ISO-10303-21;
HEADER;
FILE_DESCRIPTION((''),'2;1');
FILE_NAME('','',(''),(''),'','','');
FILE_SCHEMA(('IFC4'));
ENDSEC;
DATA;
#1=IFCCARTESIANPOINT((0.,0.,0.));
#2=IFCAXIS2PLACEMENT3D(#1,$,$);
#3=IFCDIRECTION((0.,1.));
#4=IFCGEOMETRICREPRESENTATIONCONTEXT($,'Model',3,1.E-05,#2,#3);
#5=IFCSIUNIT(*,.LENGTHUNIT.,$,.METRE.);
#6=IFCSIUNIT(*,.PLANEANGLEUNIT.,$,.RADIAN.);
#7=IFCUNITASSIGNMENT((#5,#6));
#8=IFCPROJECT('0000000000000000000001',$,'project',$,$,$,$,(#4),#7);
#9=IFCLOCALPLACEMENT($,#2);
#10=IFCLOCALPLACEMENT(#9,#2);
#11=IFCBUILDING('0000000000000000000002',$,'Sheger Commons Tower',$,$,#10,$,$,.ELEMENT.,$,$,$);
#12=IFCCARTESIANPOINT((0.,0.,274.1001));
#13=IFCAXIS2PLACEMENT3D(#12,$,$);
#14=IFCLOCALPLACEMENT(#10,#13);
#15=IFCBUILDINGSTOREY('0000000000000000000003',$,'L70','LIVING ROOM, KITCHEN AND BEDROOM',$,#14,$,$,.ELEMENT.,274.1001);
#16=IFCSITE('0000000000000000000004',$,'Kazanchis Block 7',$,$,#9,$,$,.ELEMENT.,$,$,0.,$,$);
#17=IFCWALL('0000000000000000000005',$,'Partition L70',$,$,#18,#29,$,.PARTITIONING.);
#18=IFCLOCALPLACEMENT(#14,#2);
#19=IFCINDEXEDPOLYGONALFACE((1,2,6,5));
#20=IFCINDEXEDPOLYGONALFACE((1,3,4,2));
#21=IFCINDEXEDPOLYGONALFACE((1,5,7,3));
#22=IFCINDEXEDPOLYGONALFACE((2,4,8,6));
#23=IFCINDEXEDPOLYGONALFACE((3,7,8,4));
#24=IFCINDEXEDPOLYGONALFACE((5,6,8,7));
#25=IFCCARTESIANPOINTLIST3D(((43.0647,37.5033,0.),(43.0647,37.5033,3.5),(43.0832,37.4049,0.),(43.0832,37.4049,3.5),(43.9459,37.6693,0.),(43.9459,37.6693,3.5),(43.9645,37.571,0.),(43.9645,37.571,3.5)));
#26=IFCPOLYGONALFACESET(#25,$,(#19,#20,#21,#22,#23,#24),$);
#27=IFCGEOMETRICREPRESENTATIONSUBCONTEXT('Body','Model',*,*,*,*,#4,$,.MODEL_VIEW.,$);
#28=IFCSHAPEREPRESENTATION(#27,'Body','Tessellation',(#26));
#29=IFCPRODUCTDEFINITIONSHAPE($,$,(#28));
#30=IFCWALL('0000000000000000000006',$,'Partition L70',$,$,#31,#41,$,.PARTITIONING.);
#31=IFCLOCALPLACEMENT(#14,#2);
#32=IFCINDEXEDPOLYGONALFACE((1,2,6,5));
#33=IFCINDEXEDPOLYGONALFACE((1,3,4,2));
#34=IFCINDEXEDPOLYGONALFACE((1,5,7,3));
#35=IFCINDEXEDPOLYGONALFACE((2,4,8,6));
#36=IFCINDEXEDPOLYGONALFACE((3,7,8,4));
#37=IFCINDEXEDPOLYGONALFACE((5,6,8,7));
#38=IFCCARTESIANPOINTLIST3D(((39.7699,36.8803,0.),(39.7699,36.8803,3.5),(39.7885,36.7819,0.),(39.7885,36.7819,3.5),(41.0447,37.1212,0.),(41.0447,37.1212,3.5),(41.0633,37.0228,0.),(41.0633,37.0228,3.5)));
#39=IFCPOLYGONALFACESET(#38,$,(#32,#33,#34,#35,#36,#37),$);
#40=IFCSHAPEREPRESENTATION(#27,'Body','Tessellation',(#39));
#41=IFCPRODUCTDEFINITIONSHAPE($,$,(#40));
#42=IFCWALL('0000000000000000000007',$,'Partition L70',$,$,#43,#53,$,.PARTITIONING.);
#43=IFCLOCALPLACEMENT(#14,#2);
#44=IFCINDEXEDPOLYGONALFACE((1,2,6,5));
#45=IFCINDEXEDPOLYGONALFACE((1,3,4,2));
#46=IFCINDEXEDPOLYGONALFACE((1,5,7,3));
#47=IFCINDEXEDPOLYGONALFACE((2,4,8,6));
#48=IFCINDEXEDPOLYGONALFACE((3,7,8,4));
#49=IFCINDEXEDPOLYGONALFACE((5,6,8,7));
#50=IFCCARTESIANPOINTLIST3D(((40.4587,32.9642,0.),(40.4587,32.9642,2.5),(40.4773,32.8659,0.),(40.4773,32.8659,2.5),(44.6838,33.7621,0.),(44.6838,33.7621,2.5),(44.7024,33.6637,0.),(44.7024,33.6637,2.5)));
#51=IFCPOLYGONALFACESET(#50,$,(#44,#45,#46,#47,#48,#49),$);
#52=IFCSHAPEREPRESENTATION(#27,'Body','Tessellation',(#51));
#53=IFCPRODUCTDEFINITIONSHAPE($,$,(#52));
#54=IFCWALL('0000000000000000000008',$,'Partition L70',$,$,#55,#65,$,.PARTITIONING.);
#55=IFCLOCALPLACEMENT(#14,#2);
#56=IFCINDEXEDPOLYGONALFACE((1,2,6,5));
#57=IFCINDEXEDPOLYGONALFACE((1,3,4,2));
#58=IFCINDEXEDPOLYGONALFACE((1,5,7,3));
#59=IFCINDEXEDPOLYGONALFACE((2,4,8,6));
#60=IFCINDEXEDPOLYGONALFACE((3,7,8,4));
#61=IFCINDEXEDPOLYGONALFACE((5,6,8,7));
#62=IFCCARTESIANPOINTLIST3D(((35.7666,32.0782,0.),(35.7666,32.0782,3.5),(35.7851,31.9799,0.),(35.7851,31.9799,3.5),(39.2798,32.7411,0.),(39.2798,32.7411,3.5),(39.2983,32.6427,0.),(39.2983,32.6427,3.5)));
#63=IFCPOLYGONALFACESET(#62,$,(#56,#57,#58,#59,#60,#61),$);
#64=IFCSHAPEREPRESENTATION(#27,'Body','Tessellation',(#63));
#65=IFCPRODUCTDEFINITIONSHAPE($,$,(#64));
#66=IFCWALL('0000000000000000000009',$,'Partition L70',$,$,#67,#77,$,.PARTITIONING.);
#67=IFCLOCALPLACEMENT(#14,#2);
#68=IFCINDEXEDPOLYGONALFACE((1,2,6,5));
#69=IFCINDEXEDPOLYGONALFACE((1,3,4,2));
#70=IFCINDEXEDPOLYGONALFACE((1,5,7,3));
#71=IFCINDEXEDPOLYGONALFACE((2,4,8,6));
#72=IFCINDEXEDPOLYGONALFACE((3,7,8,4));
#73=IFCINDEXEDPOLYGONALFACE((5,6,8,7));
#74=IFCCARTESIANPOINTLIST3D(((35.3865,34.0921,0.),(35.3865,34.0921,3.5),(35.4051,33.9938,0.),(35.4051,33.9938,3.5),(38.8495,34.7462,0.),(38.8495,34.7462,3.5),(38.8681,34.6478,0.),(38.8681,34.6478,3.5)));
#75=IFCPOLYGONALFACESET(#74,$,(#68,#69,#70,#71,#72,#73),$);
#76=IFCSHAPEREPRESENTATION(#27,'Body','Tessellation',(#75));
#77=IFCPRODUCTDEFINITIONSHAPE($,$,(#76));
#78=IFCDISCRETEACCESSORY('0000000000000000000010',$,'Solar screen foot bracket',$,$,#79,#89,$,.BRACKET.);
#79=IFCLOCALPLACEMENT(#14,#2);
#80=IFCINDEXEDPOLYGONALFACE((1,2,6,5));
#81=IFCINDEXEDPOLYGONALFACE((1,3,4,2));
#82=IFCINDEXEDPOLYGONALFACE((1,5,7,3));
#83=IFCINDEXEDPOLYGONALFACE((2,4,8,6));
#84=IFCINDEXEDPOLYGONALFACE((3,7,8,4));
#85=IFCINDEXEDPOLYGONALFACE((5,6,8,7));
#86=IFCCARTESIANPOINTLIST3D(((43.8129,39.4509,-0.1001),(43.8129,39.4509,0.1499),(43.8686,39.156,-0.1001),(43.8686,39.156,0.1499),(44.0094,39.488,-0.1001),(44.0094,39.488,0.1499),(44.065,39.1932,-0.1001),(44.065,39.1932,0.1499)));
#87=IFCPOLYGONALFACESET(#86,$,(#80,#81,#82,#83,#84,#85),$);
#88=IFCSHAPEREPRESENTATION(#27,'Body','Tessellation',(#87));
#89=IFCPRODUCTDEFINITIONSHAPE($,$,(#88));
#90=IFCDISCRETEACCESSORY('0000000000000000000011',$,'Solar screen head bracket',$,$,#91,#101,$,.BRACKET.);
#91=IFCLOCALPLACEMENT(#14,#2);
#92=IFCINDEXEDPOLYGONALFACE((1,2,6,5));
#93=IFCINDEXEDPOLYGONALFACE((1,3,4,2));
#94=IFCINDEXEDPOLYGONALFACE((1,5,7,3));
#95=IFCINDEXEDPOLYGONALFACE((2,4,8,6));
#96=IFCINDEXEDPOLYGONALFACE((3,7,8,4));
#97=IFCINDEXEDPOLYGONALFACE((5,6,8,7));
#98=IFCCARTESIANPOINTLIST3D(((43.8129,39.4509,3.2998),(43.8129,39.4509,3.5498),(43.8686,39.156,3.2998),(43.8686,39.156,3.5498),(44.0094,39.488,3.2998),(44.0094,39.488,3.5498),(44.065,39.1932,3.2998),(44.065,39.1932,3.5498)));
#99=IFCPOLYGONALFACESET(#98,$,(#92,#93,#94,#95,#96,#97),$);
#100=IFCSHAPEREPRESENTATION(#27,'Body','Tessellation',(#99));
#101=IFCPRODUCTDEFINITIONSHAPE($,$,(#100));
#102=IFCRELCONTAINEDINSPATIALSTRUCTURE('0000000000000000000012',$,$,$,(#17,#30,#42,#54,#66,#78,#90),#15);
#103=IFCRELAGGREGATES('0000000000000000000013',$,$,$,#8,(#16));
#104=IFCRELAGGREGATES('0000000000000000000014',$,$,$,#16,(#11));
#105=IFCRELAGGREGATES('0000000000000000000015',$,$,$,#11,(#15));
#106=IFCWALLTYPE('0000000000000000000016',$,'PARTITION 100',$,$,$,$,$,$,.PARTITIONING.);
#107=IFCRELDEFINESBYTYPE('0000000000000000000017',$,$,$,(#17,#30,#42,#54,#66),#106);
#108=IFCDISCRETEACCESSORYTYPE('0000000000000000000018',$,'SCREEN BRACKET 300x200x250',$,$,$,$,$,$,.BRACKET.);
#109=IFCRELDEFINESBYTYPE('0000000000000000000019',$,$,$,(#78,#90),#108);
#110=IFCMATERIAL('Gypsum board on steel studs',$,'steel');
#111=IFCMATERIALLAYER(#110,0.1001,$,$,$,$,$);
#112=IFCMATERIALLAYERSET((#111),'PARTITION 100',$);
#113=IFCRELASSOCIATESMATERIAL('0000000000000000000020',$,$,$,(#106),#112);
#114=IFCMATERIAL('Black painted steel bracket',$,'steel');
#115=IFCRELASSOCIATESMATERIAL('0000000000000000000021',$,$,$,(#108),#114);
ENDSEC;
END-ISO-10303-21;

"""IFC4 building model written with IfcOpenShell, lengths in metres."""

from ifc_helpers import new_model, si_unit, direction, frame, frame_2d, origin, origin_2d, place, context, subcontext, project, spatial, rectangle, extrude, material, layer, layer_set, type_object, element, save


model = new_model("IFC4")

# Units and contexts
model_context = context("Model", 3, precision=1e-05, world=origin(), true_north=direction((0.0, 1.0)))
body_context = subcontext(model_context, "Body", "Model", "MODEL_VIEW")
ifc_project = project(units=[si_unit("LENGTHUNIT", "METRE"), si_unit("PLANEANGLEUNIT", "RADIAN")], contexts=[model_context])

# Site, building, storey
site_placement = place(None, origin())
site = spatial("IfcSite", under=ifc_project, at=site_placement, Name="Kazanchis Block 7", CompositionType="ELEMENT", RefElevation=0.0)
building_placement = place(site_placement, origin())
building = spatial("IfcBuilding", under=site, at=building_placement, Name="Sheger Commons Tower", CompositionType="ELEMENT")
storey_placement = place(building_placement, frame((0.0, 0.0, 274.1001)))
storey = spatial("IfcBuildingStorey", under=building, at=storey_placement, Name="L70", Description="LIVING ROOM, KITCHEN AND BEDROOM", CompositionType="ELEMENT", Elevation=274.1001)

# Shared definitions
ifc_material_1 = material(Name="Gypsum board on steel studs", Category="steel")
ifc_layer_1 = layer(ifc_material_1, 0.1001)
ifc_layer_set_1 = layer_set([ifc_layer_1], Name="PARTITION 100")
wall_type_1 = type_object("IfcWallType", Name="PARTITION 100", PredefinedType="PARTITIONING", material=ifc_layer_set_1)

# Walls
wall_1_placement = place(storey_placement, frame((43.9551, 37.6201, 0.0), z_axis=(0.0, 0.0, 1.0), x_axis=(-0.982708, -0.18516, 0.0)))
element("IfcWall", 1, at=wall_1_placement, inside=storey, type_object=wall_type_1, Name="Partition L70", PredefinedType="PARTITIONING", context=body_context, shape_type="SweptSolid", body=[
    extrude(rectangle(XDim=0.8967, YDim=0.1001, at=frame_2d((0.4482, 0.0))), origin(), (0.0, 0.0, 1.0), 3.5),
])
wall_2_placement = place(storey_placement, frame((41.054, 37.072, 0.0), z_axis=(0.0, 0.0, 1.0), x_axis=(-0.982603, -0.18572, 0.0)))
element("IfcWall", 2, at=wall_2_placement, inside=storey, type_object=wall_type_1, Name="Partition L70", PredefinedType="PARTITIONING", context=body_context, shape_type="SweptSolid", body=[
    extrude(rectangle(XDim=1.2974, YDim=0.1001, at=frame_2d((0.6487, 0.0))), origin(), (0.0, 0.0, 1.0), 3.5),
])
wall_3_placement = place(storey_placement, frame((44.6931, 33.7129, 0.0), z_axis=(0.0, 0.0, 1.0), x_axis=(-0.982634, -0.185557, 0.0)))
element("IfcWall", 3, at=wall_3_placement, inside=storey, type_object=wall_type_1, Name="Partition L70", PredefinedType="PARTITIONING", context=body_context, shape_type="SweptSolid", body=[
    extrude(rectangle(XDim=4.2998, YDim=0.1001, at=frame_2d((2.1499, 0.0))), origin(), (0.0, 0.0, 1.0), 2.5),
])
wall_4_placement = place(storey_placement, frame((39.2891, 32.6919, 0.0), z_axis=(0.0, 0.0, 1.0), x_axis=(-0.982663, -0.185402, 0.0)))
element("IfcWall", 4, at=wall_4_placement, inside=storey, type_object=wall_type_1, Name="Partition L70", PredefinedType="PARTITIONING", context=body_context, shape_type="SweptSolid", body=[
    extrude(rectangle(XDim=3.5752, YDim=0.1001, at=frame_2d((1.7876, 0.0))), origin(), (0.0, 0.0, 1.0), 3.5),
])
wall_5_placement = place(storey_placement, frame((38.8589, 34.697, 0.0), z_axis=(0.0, 0.0, 1.0), x_axis=(-0.982627, -0.185593, 0.0)))
element("IfcWall", 5, at=wall_5_placement, inside=storey, type_object=wall_type_1, Name="Partition L70", PredefinedType="PARTITIONING", context=body_context, shape_type="SweptSolid", body=[
    extrude(rectangle(XDim=3.5242, YDim=0.1001, at=frame_2d((1.7622, 0.0))), origin(), (0.0, 0.0, 1.0), 3.5),
])

# Discrete accessories
ifc_material_2 = material(Name="Black painted steel bracket", Category="steel")
discrete_accessory_type = type_object("IfcDiscreteAccessoryType", Name="SCREEN BRACKET 300x200x250", PredefinedType="BRACKET", material=ifc_material_2)
for number, where, z_axis, x_axis, name in (
    (6, (43.939, 39.322, -0.1001), (0.0, 0.0, 1.0), (-0.185615, 0.982623, 0.0), "Solar screen foot bracket"),
    (7, (43.939, 39.322, 3.2998), (0.0, 0.0, 1.0), (-0.185615, 0.982623, 0.0), "Solar screen head bracket"),
):
    element("IfcDiscreteAccessory", number, at=place(storey_placement, frame(where, z_axis=z_axis, x_axis=x_axis)), inside=storey, type_object=discrete_accessory_type, Name=name, PredefinedType="BRACKET", context=body_context, shape_type="SweptSolid", body=[
        extrude(rectangle(XDim=0.3, YDim=0.2, at=origin_2d()), origin(), (0.0, 0.0, 1.0), 0.25),
    ])

save(model, "model.ifc")
